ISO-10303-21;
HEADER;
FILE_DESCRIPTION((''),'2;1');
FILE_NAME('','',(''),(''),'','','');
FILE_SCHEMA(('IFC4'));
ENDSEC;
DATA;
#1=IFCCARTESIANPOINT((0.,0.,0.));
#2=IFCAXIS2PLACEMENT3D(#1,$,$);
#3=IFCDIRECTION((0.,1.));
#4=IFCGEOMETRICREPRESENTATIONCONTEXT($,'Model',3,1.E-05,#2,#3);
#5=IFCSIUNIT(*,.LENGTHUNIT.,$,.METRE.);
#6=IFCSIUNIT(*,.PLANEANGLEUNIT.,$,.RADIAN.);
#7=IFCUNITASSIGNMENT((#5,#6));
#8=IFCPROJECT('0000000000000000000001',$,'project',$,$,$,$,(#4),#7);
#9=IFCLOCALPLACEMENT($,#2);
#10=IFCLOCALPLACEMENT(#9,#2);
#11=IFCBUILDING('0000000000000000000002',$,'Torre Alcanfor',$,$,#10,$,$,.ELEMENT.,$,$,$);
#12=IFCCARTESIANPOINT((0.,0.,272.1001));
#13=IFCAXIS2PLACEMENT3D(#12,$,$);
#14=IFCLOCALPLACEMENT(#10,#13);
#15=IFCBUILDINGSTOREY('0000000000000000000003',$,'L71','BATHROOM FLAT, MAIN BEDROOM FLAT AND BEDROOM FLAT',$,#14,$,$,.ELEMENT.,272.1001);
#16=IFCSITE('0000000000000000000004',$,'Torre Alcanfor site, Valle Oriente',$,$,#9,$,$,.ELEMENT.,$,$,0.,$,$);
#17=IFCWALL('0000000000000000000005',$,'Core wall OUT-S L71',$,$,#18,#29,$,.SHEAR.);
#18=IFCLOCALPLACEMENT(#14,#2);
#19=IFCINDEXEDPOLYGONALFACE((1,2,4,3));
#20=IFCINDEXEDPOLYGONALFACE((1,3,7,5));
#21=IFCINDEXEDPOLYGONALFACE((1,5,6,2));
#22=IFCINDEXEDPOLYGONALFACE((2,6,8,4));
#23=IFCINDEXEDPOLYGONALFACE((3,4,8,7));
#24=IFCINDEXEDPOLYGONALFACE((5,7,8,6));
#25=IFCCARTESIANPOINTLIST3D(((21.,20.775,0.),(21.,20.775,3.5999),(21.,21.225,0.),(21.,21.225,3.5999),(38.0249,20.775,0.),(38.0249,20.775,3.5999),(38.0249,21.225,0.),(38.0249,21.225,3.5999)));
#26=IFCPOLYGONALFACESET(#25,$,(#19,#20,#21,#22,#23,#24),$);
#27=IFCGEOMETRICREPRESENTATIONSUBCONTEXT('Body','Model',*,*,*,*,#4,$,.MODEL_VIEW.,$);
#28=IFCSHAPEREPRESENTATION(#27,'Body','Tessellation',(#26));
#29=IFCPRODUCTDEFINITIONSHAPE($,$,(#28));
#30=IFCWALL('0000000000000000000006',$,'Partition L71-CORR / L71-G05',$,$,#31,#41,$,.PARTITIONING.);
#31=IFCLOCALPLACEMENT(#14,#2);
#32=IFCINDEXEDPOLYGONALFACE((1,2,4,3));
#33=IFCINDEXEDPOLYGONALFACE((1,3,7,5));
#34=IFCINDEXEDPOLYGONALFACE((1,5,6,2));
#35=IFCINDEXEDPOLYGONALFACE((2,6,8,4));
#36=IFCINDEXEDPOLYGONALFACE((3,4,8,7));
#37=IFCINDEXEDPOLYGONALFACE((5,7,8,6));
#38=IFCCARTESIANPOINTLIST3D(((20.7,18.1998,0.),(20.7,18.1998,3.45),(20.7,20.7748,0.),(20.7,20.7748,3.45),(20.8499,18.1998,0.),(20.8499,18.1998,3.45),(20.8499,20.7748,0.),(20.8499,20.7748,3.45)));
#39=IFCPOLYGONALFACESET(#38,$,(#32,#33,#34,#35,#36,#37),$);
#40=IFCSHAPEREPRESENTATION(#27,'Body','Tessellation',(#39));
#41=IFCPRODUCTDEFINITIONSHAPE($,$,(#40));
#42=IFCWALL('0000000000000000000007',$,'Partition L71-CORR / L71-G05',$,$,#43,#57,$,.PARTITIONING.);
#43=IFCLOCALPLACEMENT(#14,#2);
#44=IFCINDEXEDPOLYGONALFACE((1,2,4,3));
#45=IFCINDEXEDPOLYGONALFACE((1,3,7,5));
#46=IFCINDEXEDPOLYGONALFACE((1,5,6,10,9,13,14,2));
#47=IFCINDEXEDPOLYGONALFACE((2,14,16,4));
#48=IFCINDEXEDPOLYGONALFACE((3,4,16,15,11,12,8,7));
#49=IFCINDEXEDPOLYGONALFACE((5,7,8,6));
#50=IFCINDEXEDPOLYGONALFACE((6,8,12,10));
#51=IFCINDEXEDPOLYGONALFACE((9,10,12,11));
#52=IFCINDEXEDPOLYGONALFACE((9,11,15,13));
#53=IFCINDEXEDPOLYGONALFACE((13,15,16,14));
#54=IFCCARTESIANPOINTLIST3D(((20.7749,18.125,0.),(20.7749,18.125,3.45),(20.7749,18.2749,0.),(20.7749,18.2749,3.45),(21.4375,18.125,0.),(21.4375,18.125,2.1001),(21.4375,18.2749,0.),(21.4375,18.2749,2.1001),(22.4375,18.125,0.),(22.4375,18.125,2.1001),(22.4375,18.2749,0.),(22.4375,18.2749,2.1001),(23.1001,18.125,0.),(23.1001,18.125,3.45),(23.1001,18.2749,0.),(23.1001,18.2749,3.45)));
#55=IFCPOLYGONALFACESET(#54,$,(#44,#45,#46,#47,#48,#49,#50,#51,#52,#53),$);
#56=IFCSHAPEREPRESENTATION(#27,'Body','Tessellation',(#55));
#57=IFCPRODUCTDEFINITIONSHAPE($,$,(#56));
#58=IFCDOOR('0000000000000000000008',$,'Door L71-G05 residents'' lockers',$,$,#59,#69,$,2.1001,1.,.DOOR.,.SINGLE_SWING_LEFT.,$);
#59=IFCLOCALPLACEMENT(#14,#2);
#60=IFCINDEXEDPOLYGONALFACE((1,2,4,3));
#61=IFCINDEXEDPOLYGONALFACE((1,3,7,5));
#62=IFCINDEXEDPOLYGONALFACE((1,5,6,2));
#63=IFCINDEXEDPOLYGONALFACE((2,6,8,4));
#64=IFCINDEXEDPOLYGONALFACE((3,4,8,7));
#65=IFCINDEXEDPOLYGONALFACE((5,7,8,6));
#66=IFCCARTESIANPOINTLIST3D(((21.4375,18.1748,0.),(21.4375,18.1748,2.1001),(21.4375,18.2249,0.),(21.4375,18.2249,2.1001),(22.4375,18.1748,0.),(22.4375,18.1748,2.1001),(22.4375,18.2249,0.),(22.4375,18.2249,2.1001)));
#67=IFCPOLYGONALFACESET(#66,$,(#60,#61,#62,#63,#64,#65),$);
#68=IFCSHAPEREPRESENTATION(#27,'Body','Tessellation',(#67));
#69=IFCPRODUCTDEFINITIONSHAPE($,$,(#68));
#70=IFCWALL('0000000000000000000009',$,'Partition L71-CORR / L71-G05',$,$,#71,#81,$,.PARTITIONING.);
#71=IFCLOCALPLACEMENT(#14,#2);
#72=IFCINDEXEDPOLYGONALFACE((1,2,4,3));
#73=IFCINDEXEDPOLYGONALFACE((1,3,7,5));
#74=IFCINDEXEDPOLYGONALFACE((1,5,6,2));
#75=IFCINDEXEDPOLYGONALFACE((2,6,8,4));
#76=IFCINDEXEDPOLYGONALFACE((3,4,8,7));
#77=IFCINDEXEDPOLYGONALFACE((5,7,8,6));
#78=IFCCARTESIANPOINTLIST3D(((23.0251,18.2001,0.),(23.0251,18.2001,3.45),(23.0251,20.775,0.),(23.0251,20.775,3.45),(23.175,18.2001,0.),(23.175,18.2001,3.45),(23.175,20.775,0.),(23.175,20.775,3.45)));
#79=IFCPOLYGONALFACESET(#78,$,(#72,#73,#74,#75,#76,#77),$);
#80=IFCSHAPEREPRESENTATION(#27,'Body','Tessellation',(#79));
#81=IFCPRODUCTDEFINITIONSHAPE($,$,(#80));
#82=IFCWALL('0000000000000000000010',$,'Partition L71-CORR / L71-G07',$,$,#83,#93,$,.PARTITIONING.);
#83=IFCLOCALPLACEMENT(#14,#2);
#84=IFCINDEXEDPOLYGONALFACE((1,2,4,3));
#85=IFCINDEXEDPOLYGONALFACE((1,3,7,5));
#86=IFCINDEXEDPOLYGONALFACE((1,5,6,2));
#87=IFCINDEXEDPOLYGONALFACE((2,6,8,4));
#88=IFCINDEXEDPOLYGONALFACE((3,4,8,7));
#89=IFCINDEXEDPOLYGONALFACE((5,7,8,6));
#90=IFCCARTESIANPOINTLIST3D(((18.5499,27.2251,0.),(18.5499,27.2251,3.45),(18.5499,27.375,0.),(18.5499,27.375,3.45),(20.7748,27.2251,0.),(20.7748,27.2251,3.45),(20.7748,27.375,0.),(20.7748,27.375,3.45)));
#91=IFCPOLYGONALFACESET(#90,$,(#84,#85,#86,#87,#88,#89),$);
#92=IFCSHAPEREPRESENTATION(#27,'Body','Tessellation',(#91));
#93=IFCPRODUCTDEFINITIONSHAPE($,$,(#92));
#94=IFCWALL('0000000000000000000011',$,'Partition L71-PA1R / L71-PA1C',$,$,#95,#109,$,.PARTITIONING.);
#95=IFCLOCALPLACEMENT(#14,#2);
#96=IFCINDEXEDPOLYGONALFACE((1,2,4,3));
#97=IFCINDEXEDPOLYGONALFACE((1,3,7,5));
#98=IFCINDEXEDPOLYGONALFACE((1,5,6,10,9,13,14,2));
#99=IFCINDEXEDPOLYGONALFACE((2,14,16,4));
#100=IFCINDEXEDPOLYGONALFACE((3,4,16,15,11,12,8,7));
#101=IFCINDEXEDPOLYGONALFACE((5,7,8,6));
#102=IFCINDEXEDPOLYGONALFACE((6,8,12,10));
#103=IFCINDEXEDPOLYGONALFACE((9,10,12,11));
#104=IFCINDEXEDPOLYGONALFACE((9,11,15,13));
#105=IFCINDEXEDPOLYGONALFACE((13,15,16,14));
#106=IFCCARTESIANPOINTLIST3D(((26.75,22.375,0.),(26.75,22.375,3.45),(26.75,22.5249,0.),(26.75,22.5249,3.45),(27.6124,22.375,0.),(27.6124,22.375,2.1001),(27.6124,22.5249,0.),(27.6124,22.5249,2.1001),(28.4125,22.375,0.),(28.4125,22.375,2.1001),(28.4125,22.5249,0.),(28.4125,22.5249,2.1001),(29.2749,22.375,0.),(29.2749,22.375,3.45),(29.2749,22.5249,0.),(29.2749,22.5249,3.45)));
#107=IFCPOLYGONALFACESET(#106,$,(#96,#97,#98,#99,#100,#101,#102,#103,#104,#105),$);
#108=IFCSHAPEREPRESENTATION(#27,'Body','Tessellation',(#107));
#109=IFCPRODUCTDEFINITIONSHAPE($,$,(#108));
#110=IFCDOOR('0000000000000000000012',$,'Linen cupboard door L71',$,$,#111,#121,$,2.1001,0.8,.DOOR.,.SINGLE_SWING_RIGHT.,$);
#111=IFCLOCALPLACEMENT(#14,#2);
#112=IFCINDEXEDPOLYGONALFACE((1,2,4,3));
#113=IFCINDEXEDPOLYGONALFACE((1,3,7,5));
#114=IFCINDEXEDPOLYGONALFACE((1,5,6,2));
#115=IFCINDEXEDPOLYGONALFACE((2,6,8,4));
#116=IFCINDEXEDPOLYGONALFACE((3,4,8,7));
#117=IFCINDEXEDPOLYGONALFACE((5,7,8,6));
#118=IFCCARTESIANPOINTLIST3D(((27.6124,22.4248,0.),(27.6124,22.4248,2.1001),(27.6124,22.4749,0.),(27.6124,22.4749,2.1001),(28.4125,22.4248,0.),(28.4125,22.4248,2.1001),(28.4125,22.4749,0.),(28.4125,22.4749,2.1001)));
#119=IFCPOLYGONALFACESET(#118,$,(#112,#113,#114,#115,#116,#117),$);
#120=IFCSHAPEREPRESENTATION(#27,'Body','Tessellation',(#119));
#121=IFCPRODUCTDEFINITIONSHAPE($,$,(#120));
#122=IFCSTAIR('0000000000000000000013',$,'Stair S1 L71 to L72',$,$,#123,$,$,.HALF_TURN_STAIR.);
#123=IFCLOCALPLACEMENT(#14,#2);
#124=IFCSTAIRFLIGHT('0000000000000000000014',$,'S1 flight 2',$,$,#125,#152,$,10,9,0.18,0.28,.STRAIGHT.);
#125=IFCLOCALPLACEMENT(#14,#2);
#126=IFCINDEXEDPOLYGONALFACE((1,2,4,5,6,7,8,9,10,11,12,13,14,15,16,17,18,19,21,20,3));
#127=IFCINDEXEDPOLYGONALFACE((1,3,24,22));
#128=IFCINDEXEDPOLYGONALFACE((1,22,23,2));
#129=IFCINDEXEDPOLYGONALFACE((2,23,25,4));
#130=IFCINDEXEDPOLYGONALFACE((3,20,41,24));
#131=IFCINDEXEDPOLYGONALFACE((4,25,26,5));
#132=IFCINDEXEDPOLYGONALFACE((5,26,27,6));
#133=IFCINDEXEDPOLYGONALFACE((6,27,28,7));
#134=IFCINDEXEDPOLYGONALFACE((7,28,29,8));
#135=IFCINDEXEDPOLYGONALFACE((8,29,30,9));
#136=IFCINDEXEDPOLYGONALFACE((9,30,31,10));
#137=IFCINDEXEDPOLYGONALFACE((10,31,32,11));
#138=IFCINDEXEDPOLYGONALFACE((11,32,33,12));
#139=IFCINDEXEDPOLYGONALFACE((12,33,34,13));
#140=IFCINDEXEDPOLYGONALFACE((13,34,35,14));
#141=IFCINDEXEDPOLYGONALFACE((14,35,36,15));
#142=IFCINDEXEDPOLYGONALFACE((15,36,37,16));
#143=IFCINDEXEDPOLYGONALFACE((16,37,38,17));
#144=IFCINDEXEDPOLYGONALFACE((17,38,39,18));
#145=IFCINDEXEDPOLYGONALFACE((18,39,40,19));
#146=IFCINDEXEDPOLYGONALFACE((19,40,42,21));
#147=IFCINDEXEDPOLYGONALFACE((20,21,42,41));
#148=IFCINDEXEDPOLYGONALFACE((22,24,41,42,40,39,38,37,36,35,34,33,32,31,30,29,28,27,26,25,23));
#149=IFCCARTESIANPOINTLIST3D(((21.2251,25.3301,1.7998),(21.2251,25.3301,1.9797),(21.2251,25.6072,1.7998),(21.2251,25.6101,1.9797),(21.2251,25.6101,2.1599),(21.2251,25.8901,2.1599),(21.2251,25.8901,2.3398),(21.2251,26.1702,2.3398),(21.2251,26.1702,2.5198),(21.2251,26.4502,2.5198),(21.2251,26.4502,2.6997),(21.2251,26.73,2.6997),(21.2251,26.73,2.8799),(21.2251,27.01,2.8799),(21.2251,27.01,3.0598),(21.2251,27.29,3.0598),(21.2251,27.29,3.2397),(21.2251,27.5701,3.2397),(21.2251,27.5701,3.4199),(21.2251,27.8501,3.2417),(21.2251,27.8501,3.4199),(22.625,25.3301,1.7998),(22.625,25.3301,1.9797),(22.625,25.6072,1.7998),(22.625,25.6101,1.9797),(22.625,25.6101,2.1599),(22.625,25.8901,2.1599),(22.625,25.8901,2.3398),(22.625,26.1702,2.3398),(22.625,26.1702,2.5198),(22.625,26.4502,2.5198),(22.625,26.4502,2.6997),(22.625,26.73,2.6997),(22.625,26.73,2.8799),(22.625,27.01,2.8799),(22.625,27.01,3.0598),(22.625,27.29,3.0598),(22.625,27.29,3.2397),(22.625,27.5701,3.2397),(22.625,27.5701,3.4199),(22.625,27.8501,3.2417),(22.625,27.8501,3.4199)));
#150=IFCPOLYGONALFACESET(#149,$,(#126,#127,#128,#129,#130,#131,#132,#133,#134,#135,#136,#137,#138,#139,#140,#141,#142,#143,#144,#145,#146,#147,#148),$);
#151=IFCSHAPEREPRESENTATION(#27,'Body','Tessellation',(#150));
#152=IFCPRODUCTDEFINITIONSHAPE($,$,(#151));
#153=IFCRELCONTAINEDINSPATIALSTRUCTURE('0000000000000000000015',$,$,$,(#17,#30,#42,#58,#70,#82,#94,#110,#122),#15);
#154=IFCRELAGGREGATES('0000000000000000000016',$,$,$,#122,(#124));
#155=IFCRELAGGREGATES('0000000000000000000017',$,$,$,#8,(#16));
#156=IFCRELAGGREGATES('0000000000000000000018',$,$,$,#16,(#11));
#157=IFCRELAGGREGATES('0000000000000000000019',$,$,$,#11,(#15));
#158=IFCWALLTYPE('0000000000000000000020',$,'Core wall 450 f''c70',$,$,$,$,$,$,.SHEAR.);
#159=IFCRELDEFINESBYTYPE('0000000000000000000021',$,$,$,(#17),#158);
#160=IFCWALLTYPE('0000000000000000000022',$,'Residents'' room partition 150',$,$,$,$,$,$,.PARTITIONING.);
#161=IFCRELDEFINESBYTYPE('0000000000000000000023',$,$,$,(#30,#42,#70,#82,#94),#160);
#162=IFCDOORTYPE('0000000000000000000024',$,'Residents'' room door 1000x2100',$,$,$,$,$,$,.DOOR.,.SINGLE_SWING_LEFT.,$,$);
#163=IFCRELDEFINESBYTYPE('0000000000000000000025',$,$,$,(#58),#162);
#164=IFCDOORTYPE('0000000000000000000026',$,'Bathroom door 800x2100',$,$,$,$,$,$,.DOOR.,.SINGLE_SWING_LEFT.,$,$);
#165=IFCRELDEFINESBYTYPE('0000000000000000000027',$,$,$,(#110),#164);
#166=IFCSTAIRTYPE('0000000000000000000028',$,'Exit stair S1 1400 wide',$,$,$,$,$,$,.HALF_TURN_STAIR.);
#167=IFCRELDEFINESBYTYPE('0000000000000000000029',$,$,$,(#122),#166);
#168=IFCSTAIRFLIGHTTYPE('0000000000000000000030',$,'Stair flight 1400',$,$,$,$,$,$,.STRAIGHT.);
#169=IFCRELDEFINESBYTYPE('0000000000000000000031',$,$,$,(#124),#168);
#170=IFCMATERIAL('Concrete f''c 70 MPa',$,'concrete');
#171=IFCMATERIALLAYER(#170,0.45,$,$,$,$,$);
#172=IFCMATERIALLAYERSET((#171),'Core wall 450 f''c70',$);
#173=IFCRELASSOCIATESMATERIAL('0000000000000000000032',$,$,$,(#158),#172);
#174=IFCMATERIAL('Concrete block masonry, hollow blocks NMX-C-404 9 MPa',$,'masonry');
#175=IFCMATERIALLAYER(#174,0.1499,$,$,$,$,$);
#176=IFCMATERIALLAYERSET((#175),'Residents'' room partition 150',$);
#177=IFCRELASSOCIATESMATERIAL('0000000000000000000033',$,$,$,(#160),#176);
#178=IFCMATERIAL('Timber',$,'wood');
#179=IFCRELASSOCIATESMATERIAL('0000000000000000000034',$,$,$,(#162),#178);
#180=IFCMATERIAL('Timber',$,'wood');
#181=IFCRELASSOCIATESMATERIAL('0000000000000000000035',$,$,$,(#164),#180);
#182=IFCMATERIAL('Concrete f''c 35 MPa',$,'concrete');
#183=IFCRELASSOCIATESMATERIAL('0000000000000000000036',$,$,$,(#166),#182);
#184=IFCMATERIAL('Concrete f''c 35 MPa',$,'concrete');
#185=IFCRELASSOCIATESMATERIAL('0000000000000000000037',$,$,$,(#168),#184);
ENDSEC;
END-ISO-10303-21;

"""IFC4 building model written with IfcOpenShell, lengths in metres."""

from ifc_helpers import new_model, si_unit, direction, frame, frame_2d, origin, place, context, subcontext, project, spatial, polyline, rectangle, outline, extrude, material, layer, layer_set, type_object, element, fill, aggregate, save


model = new_model("IFC4")

# Units and contexts
model_context = context("Model", 3, precision=1e-05, world=origin(), true_north=direction((0.0, 1.0)))
body_context = subcontext(model_context, "Body", "Model", "MODEL_VIEW")
ifc_project = project(units=[si_unit("LENGTHUNIT", "METRE"), si_unit("PLANEANGLEUNIT", "RADIAN")], contexts=[model_context])

# Site, building, storey
site_placement = place(None, origin())
site = spatial("IfcSite", under=ifc_project, at=site_placement, Name="Torre Alcanfor site, Valle Oriente", CompositionType="ELEMENT", RefElevation=0.0)
building_placement = place(site_placement, origin())
building = spatial("IfcBuilding", under=site, at=building_placement, Name="Torre Alcanfor", CompositionType="ELEMENT")
storey_placement = place(building_placement, frame((0.0, 0.0, 272.1001)))
storey = spatial("IfcBuildingStorey", under=building, at=storey_placement, Name="L71", Description="BATHROOM FLAT, MAIN BEDROOM FLAT AND BEDROOM FLAT", CompositionType="ELEMENT", Elevation=272.1001)

# Walls
ifc_material_1 = material(Name="Concrete f'c 70 MPa", Category="concrete")
ifc_layer_1 = layer(ifc_material_1, 0.45)
ifc_layer_set_1 = layer_set([ifc_layer_1], Name="Core wall 450 f'c70")
wall_type_1 = type_object("IfcWallType", Name="Core wall 450 f'c70", PredefinedType="SHEAR", material=ifc_layer_set_1)
wall_1_placement = place(storey_placement, frame((21.0, 21.0, 0.0), z_axis=(0.0, 0.0, 1.0), x_axis=(1.0, 0.0, 0.0)))
element("IfcWall", 1, at=wall_1_placement, inside=storey, type_object=wall_type_1, Name="Core wall OUT-S L71", PredefinedType="SHEAR", context=body_context, shape_type="SweptSolid", body=[
    extrude(rectangle(XDim=17.0249, YDim=0.45, at=frame_2d((8.5125, 0.0))), origin(), (0.0, 0.0, 1.0), 3.5999),
])
ifc_material_2 = material(Name="Concrete block masonry, hollow blocks NMX-C-404 9 MPa", Category="masonry")
ifc_layer_2 = layer(ifc_material_2, 0.1499)
ifc_layer_set_2 = layer_set([ifc_layer_2], Name="Residents' room partition 150")
wall_type_2 = type_object("IfcWallType", Name="Residents' room partition 150", PredefinedType="PARTITIONING", material=ifc_layer_set_2)
wall_2_placement = place(storey_placement, frame((20.7749, 20.7749, 0.0), z_axis=(0.0, 0.0, 1.0), x_axis=(0.0, -1.0, 0.0)))
element("IfcWall", 2, at=wall_2_placement, inside=storey, type_object=wall_type_2, Name="Partition L71-CORR / L71-G05", PredefinedType="PARTITIONING", context=body_context, shape_type="SweptSolid", body=[
    extrude(rectangle(XDim=2.575, YDim=0.1499, at=frame_2d((1.2876, 0.0))), origin(), (0.0, 0.0, 1.0), 3.45),
])

# Wall, opening, door
wall_3_placement = place(storey_placement, frame((20.7749, 18.2, 0.0), z_axis=(0.0, 0.0, 1.0), x_axis=(1.0, 0.0, 0.0)))
wall_3 = element("IfcWall", 3, at=wall_3_placement, inside=storey, type_object=wall_type_2, Name="Partition L71-CORR / L71-G05", PredefinedType="PARTITIONING", context=body_context, shape_type="SweptSolid", body=[
    extrude(rectangle(XDim=2.3252, YDim=0.1499, at=frame_2d((1.1626, 0.0))), origin(), (0.0, 0.0, 1.0), 3.45),
])
opening_1_placement = place(wall_3_placement, frame((0.6626, 0.0, 0.0)))
opening_1 = element("IfcOpeningElement", 4, at=opening_1_placement, cuts=wall_3, PredefinedType="OPENING", context=body_context, shape_type="SweptSolid", body=[
    extrude(rectangle(XDim=1.0, YDim=2.1001, at=frame_2d((0.5, 1.05))), frame((0.0, 0.085, 0.0), z_axis=(0.0, -1.0, 0.0), x_axis=(1.0, 0.0, 0.0)), (0.0, 0.0, 1.0), 0.1699),
])
ifc_material_3 = material(Name="Timber", Category="wood")
door_type_1 = type_object("IfcDoorType", Name="Residents' room door 1000x2100", OperationType="SINGLE_SWING_LEFT", PredefinedType="DOOR", material=ifc_material_3)
door_1_placement = place(opening_1_placement, origin())
door_1 = element("IfcDoor", 5, at=door_1_placement, inside=storey, type_object=door_type_1, Name="Door L71-G05 residents' lockers", OperationType="SINGLE_SWING_LEFT", OverallHeight=2.1001, OverallWidth=1.0, PredefinedType="DOOR", context=body_context, shape_type="SweptSolid", body=[
    extrude(rectangle(XDim=1.0, YDim=2.1001, at=frame_2d((0.5, 1.05))), frame((0.0, 0.0249, 0.0), z_axis=(0.0, -1.0, 0.0), x_axis=(1.0, 0.0, 0.0)), (0.0, 0.0, 1.0), 0.05),
])
fill(opening_1, door_1)

# Walls
wall_4_placement = place(storey_placement, frame((23.1001, 18.2, 0.0), z_axis=(0.0, 0.0, 1.0), x_axis=(0.0, 1.0, 0.0)))
element("IfcWall", 6, at=wall_4_placement, inside=storey, type_object=wall_type_2, Name="Partition L71-CORR / L71-G05", PredefinedType="PARTITIONING", context=body_context, shape_type="SweptSolid", body=[
    extrude(rectangle(XDim=2.575, YDim=0.1499, at=frame_2d((1.2876, 0.0))), origin(), (0.0, 0.0, 1.0), 3.45),
])
wall_5_placement = place(storey_placement, frame((18.55, 27.3, 0.0), z_axis=(0.0, 0.0, 1.0), x_axis=(1.0, 0.0, 0.0)))
element("IfcWall", 7, at=wall_5_placement, inside=storey, type_object=wall_type_2, Name="Partition L71-CORR / L71-G07", PredefinedType="PARTITIONING", context=body_context, shape_type="SweptSolid", body=[
    extrude(rectangle(XDim=2.2249, YDim=0.1499, at=frame_2d((1.1123, 0.0))), origin(), (0.0, 0.0, 1.0), 3.45),
])

# Wall, opening, door
wall_6_placement = place(storey_placement, frame((26.75, 22.45, 0.0), z_axis=(0.0, 0.0, 1.0), x_axis=(1.0, 0.0, 0.0)))
wall_6 = element("IfcWall", 8, at=wall_6_placement, inside=storey, type_object=wall_type_2, Name="Partition L71-PA1R / L71-PA1C", PredefinedType="PARTITIONING", context=body_context, shape_type="SweptSolid", body=[
    extrude(rectangle(XDim=2.5249, YDim=0.1499, at=frame_2d((1.2625, 0.0))), origin(), (0.0, 0.0, 1.0), 3.45),
])
opening_2_placement = place(wall_6_placement, frame((0.8625, 0.0, 0.0)))
opening_2 = element("IfcOpeningElement", 9, at=opening_2_placement, cuts=wall_6, PredefinedType="OPENING", context=body_context, shape_type="SweptSolid", body=[
    extrude(rectangle(XDim=0.8, YDim=2.1001, at=frame_2d((0.3999, 1.05))), frame((0.0, 0.085, 0.0), z_axis=(0.0, -1.0, 0.0), x_axis=(1.0, 0.0, 0.0)), (0.0, 0.0, 1.0), 0.1699),
])
ifc_material_4 = material(Name="Timber", Category="wood")
door_type_2 = type_object("IfcDoorType", Name="Bathroom door 800x2100", OperationType="SINGLE_SWING_LEFT", PredefinedType="DOOR", material=ifc_material_4)
door_2_placement = place(opening_2_placement, frame((0.8, 0.0, 0.0), z_axis=(0.0, 0.0, 1.0), x_axis=(-1.0, 0.0, 0.0)))
door_2 = element("IfcDoor", 10, at=door_2_placement, inside=storey, type_object=door_type_2, Name="Linen cupboard door L71", OperationType="SINGLE_SWING_RIGHT", OverallHeight=2.1001, OverallWidth=0.8, PredefinedType="DOOR", context=body_context, shape_type="SweptSolid", body=[
    extrude(rectangle(XDim=0.8, YDim=2.1001, at=frame_2d((0.4001, 1.05))), frame((0.0, 0.0251, 0.0), z_axis=(0.0, -1.0, 0.0), x_axis=(1.0, 0.0, 0.0)), (0.0, 0.0, 1.0), 0.05),
])
fill(opening_2, door_2)

# Stair, stair flight
ifc_material_5 = material(Name="Concrete f'c 35 MPa", Category="concrete")
stair_type = type_object("IfcStairType", Name="Exit stair S1 1400 wide", PredefinedType="HALF_TURN_STAIR", material=ifc_material_5)
stair_placement = place(storey_placement, origin())
stair = element("IfcStair", 11, at=stair_placement, inside=storey, type_object=stair_type, Name="Stair S1 L71 to L72", PredefinedType="HALF_TURN_STAIR")
ifc_material_6 = material(Name="Concrete f'c 35 MPa", Category="concrete")
stair_flight_type = type_object("IfcStairFlightType", Name="Stair flight 1400", PredefinedType="STRAIGHT", material=ifc_material_6)
stair_flight_placement = place(storey_placement, frame((21.925, 25.3301, 1.7998), z_axis=(0.0, 0.0, 1.0), x_axis=(0.0, 1.0, 0.0)))
stair_flight = element("IfcStairFlight", 12, at=stair_flight_placement, type_object=stair_flight_type, Name="S1 flight 2", NumberOfRisers=10, NumberOfTreads=9, PredefinedType="STRAIGHT", RiserHeight=0.18, TreadLength=0.28, context=body_context, shape_type="SweptSolid", body=[
    extrude(outline(polyline([(0.0, 0.0), (0.0, 0.1799), (0.28, 0.1799), (0.28, 0.3601), (0.5601, 0.3601), (0.5601, 0.54), (0.8401, 0.54), (0.8401, 0.72), (1.1201, 0.72), (1.1201, 0.8999), (1.3999, 0.8999), (1.3999, 1.0801), (1.6799, 1.0801), (1.6799, 1.26), (1.96, 1.26), (1.96, 1.4399), (2.24, 1.4399), (2.24, 1.6201), (2.52, 1.6201), (2.52, 1.8), (2.52, 1.4419), (0.2771, 0.0), (0.0, 0.0)])), frame((0.0, 0.7, 0.0), z_axis=(0.0, -1.0, 0.0), x_axis=(1.0, 0.0, 0.0)), (0.0, 0.0, 1.0), 1.3999),
])
aggregate(stair, [stair_flight])

save(model, "model.ifc")
